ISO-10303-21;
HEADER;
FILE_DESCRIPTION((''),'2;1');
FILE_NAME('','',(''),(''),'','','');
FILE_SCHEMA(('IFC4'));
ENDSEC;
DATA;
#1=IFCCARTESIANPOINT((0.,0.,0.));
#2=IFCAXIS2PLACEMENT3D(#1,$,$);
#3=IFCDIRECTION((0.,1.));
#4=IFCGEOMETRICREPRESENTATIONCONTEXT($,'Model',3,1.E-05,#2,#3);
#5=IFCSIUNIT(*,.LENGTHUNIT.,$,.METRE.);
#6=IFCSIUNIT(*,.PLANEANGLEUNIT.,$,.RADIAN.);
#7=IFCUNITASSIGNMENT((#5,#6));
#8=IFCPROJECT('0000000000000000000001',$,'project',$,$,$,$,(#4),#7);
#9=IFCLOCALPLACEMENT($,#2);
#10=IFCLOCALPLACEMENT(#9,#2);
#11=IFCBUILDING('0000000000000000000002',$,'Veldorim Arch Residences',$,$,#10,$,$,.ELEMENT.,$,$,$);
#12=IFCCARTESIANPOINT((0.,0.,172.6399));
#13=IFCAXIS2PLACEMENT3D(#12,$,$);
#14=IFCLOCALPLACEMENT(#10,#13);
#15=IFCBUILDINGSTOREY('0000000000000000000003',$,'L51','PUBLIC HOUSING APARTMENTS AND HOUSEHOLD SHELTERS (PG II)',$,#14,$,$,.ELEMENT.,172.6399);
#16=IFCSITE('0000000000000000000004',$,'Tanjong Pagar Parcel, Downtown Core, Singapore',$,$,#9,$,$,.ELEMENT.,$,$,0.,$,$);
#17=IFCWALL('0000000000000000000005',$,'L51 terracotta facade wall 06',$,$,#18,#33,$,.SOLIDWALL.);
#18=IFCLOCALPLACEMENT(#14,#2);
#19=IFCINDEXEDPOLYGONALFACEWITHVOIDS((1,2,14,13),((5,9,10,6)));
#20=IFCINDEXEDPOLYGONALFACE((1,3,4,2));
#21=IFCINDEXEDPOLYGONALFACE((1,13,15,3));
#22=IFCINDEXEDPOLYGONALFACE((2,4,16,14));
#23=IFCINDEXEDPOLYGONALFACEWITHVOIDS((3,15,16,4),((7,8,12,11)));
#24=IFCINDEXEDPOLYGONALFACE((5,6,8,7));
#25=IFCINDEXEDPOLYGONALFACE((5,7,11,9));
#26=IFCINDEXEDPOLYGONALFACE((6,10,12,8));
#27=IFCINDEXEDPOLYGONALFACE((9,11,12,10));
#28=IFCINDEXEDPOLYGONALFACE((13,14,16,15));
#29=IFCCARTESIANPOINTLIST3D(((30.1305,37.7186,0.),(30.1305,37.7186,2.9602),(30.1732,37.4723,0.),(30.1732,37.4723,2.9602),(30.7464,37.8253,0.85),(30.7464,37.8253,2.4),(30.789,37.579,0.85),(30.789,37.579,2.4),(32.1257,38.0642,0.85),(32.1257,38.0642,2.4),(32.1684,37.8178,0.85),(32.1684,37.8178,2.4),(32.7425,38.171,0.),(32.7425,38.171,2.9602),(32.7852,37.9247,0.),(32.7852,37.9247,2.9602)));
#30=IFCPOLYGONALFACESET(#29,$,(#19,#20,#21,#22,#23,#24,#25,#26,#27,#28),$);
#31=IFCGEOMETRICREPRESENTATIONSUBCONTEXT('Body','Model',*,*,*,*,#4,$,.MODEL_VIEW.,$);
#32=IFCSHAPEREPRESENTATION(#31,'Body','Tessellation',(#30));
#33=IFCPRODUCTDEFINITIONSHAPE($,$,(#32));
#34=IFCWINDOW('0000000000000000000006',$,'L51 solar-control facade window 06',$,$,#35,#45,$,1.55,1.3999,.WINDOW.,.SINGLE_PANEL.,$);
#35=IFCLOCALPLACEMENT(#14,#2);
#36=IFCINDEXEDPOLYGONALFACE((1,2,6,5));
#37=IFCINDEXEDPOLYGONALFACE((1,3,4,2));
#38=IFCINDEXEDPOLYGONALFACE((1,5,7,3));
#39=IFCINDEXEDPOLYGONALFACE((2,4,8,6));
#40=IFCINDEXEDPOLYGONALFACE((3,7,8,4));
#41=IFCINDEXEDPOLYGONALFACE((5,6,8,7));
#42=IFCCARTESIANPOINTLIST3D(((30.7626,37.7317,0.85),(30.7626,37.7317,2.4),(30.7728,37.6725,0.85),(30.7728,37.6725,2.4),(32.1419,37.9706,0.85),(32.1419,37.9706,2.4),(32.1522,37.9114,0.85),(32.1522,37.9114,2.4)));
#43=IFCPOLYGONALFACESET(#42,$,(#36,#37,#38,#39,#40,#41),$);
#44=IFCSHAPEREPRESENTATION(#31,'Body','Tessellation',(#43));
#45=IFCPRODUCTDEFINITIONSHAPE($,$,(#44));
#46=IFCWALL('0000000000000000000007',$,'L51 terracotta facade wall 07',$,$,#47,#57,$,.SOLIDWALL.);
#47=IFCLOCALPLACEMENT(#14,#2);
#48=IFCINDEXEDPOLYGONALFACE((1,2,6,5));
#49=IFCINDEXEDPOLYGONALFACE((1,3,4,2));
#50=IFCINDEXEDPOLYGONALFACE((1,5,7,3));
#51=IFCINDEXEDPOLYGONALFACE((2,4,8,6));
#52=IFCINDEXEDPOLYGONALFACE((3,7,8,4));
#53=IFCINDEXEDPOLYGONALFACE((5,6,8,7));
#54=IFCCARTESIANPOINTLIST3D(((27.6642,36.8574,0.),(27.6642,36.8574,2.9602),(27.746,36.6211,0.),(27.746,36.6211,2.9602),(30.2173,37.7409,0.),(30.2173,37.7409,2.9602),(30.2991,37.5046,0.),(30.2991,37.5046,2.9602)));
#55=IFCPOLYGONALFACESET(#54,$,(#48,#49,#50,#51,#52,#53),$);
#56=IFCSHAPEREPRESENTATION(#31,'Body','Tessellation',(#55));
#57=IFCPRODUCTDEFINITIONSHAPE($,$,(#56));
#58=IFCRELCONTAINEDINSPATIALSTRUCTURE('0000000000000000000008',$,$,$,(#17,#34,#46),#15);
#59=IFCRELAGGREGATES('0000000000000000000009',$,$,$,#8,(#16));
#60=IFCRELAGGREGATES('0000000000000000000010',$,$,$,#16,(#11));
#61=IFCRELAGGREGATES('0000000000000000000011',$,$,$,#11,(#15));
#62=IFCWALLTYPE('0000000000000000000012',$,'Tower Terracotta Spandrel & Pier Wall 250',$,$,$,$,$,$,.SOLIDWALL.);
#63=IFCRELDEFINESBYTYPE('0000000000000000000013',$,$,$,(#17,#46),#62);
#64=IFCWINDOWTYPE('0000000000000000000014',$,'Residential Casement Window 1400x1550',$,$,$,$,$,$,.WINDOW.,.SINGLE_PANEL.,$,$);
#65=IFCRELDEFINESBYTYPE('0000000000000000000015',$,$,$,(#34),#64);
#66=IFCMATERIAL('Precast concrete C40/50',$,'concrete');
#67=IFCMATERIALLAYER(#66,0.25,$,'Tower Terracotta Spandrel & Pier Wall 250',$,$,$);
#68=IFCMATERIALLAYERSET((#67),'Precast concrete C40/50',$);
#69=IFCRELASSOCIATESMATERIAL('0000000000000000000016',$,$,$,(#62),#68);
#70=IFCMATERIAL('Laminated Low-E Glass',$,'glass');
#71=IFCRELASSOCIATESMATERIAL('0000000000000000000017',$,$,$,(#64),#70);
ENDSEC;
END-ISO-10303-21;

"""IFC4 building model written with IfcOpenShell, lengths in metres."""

from ifc_helpers import new_model, si_unit, direction, frame, frame_2d, origin, place, context, subcontext, project, spatial, rectangle, extrude, material, layer, layer_set, type_object, element, fill, save


model = new_model("IFC4")

# Units and contexts
model_context = context("Model", 3, precision=1e-05, world=origin(), true_north=direction((0.0, 1.0)))
body_context = subcontext(model_context, "Body", "Model", "MODEL_VIEW")
ifc_project = project(units=[si_unit("LENGTHUNIT", "METRE"), si_unit("PLANEANGLEUNIT", "RADIAN")], contexts=[model_context])

# Site, building, storey
site_placement = place(None, origin())
site = spatial("IfcSite", under=ifc_project, at=site_placement, Name="Tanjong Pagar Parcel, Downtown Core, Singapore", CompositionType="ELEMENT", RefElevation=0.0)
building_placement = place(site_placement, origin())
building = spatial("IfcBuilding", under=site, at=building_placement, Name="Veldorim Arch Residences", CompositionType="ELEMENT")
storey_placement = place(building_placement, frame((0.0, 0.0, 172.6399)))
storey = spatial("IfcBuildingStorey", under=building, at=storey_placement, Name="L51", Description="PUBLIC HOUSING APARTMENTS AND HOUSEHOLD SHELTERS (PG II)", CompositionType="ELEMENT", Elevation=172.6399)

# Wall, opening, window
ifc_material_1 = material(Name="Precast concrete C40/50", Category="concrete")
ifc_layer_1 = layer(ifc_material_1, 0.25, Name="Tower Terracotta Spandrel & Pier Wall 250")
ifc_layer_set_1 = layer_set([ifc_layer_1], Name="Precast concrete C40/50")
wall_type_1 = type_object("IfcWallType", Name="Tower Terracotta Spandrel & Pier Wall 250", PredefinedType="SOLIDWALL", material=ifc_layer_set_1)
wall_1_placement = place(storey_placement, frame((30.1519, 37.5955, 0.0), z_axis=(0.0, 0.0, 1.0), x_axis=(0.985331, 0.170653, 0.0)))
wall_1 = element("IfcWall", 1, at=wall_1_placement, inside=storey, type_object=wall_type_1, Name="L51 terracotta facade wall 06", PredefinedType="SOLIDWALL", context=body_context, shape_type="SweptSolid", body=[
    extrude(rectangle(XDim=2.6509, YDim=0.25, at=frame_2d((1.3254, 0.0))), origin(), (0.0, 0.0, 1.0), 2.9602),
])
opening_1_placement = place(wall_1_placement, frame((0.625, 0.0, 0.8501)))
opening_1 = element("IfcOpeningElement", 2, at=opening_1_placement, cuts=wall_1, PredefinedType="OPENING", context=body_context, shape_type="SweptSolid", body=[
    extrude(rectangle(XDim=1.3999, YDim=1.55, at=frame_2d((0.7, 0.7749))), frame((0.0, 0.135, 0.0), z_axis=(0.0, -1.0, 0.0), x_axis=(1.0, 0.0, 0.0)), (0.0, 0.0, 1.0), 0.27),
])
ifc_material_2 = material(Name="Laminated Low-E Glass", Category="glass")
window_type = type_object("IfcWindowType", Name="Residential Casement Window 1400x1550", PartitioningType="SINGLE_PANEL", PredefinedType="WINDOW", material=ifc_material_2)
window_placement = place(opening_1_placement, origin())
window = element("IfcWindow", 3, at=window_placement, inside=storey, type_object=window_type, Name="L51 solar-control facade window 06", OverallHeight=1.55, OverallWidth=1.3999, PartitioningType="SINGLE_PANEL", PredefinedType="WINDOW", context=body_context, shape_type="SweptSolid", body=[
    extrude(rectangle(XDim=1.3999, YDim=1.55, at=frame_2d((0.7, 0.7749))), frame((0.0, 0.03, 0.0), z_axis=(0.0, -1.0, 0.0), x_axis=(1.0, 0.0, 0.0)), (0.0, 0.0, 1.0), 0.0601),
])
fill(opening_1, window)

# Wall
wall_2_placement = place(storey_placement, frame((27.7051, 36.7393, 0.0), z_axis=(0.0, 0.0, 1.0), x_axis=(0.945016, 0.327024, 0.0)))
element("IfcWall", 4, at=wall_2_placement, inside=storey, type_object=wall_type_1, Name="L51 terracotta facade wall 07", PredefinedType="SOLIDWALL", context=body_context, shape_type="SweptSolid", body=[
    extrude(rectangle(XDim=2.7017, YDim=0.25, at=frame_2d((1.3508, 0.0))), origin(), (0.0, 0.0, 1.0), 2.9602),
])

save(model, "model.ifc")
